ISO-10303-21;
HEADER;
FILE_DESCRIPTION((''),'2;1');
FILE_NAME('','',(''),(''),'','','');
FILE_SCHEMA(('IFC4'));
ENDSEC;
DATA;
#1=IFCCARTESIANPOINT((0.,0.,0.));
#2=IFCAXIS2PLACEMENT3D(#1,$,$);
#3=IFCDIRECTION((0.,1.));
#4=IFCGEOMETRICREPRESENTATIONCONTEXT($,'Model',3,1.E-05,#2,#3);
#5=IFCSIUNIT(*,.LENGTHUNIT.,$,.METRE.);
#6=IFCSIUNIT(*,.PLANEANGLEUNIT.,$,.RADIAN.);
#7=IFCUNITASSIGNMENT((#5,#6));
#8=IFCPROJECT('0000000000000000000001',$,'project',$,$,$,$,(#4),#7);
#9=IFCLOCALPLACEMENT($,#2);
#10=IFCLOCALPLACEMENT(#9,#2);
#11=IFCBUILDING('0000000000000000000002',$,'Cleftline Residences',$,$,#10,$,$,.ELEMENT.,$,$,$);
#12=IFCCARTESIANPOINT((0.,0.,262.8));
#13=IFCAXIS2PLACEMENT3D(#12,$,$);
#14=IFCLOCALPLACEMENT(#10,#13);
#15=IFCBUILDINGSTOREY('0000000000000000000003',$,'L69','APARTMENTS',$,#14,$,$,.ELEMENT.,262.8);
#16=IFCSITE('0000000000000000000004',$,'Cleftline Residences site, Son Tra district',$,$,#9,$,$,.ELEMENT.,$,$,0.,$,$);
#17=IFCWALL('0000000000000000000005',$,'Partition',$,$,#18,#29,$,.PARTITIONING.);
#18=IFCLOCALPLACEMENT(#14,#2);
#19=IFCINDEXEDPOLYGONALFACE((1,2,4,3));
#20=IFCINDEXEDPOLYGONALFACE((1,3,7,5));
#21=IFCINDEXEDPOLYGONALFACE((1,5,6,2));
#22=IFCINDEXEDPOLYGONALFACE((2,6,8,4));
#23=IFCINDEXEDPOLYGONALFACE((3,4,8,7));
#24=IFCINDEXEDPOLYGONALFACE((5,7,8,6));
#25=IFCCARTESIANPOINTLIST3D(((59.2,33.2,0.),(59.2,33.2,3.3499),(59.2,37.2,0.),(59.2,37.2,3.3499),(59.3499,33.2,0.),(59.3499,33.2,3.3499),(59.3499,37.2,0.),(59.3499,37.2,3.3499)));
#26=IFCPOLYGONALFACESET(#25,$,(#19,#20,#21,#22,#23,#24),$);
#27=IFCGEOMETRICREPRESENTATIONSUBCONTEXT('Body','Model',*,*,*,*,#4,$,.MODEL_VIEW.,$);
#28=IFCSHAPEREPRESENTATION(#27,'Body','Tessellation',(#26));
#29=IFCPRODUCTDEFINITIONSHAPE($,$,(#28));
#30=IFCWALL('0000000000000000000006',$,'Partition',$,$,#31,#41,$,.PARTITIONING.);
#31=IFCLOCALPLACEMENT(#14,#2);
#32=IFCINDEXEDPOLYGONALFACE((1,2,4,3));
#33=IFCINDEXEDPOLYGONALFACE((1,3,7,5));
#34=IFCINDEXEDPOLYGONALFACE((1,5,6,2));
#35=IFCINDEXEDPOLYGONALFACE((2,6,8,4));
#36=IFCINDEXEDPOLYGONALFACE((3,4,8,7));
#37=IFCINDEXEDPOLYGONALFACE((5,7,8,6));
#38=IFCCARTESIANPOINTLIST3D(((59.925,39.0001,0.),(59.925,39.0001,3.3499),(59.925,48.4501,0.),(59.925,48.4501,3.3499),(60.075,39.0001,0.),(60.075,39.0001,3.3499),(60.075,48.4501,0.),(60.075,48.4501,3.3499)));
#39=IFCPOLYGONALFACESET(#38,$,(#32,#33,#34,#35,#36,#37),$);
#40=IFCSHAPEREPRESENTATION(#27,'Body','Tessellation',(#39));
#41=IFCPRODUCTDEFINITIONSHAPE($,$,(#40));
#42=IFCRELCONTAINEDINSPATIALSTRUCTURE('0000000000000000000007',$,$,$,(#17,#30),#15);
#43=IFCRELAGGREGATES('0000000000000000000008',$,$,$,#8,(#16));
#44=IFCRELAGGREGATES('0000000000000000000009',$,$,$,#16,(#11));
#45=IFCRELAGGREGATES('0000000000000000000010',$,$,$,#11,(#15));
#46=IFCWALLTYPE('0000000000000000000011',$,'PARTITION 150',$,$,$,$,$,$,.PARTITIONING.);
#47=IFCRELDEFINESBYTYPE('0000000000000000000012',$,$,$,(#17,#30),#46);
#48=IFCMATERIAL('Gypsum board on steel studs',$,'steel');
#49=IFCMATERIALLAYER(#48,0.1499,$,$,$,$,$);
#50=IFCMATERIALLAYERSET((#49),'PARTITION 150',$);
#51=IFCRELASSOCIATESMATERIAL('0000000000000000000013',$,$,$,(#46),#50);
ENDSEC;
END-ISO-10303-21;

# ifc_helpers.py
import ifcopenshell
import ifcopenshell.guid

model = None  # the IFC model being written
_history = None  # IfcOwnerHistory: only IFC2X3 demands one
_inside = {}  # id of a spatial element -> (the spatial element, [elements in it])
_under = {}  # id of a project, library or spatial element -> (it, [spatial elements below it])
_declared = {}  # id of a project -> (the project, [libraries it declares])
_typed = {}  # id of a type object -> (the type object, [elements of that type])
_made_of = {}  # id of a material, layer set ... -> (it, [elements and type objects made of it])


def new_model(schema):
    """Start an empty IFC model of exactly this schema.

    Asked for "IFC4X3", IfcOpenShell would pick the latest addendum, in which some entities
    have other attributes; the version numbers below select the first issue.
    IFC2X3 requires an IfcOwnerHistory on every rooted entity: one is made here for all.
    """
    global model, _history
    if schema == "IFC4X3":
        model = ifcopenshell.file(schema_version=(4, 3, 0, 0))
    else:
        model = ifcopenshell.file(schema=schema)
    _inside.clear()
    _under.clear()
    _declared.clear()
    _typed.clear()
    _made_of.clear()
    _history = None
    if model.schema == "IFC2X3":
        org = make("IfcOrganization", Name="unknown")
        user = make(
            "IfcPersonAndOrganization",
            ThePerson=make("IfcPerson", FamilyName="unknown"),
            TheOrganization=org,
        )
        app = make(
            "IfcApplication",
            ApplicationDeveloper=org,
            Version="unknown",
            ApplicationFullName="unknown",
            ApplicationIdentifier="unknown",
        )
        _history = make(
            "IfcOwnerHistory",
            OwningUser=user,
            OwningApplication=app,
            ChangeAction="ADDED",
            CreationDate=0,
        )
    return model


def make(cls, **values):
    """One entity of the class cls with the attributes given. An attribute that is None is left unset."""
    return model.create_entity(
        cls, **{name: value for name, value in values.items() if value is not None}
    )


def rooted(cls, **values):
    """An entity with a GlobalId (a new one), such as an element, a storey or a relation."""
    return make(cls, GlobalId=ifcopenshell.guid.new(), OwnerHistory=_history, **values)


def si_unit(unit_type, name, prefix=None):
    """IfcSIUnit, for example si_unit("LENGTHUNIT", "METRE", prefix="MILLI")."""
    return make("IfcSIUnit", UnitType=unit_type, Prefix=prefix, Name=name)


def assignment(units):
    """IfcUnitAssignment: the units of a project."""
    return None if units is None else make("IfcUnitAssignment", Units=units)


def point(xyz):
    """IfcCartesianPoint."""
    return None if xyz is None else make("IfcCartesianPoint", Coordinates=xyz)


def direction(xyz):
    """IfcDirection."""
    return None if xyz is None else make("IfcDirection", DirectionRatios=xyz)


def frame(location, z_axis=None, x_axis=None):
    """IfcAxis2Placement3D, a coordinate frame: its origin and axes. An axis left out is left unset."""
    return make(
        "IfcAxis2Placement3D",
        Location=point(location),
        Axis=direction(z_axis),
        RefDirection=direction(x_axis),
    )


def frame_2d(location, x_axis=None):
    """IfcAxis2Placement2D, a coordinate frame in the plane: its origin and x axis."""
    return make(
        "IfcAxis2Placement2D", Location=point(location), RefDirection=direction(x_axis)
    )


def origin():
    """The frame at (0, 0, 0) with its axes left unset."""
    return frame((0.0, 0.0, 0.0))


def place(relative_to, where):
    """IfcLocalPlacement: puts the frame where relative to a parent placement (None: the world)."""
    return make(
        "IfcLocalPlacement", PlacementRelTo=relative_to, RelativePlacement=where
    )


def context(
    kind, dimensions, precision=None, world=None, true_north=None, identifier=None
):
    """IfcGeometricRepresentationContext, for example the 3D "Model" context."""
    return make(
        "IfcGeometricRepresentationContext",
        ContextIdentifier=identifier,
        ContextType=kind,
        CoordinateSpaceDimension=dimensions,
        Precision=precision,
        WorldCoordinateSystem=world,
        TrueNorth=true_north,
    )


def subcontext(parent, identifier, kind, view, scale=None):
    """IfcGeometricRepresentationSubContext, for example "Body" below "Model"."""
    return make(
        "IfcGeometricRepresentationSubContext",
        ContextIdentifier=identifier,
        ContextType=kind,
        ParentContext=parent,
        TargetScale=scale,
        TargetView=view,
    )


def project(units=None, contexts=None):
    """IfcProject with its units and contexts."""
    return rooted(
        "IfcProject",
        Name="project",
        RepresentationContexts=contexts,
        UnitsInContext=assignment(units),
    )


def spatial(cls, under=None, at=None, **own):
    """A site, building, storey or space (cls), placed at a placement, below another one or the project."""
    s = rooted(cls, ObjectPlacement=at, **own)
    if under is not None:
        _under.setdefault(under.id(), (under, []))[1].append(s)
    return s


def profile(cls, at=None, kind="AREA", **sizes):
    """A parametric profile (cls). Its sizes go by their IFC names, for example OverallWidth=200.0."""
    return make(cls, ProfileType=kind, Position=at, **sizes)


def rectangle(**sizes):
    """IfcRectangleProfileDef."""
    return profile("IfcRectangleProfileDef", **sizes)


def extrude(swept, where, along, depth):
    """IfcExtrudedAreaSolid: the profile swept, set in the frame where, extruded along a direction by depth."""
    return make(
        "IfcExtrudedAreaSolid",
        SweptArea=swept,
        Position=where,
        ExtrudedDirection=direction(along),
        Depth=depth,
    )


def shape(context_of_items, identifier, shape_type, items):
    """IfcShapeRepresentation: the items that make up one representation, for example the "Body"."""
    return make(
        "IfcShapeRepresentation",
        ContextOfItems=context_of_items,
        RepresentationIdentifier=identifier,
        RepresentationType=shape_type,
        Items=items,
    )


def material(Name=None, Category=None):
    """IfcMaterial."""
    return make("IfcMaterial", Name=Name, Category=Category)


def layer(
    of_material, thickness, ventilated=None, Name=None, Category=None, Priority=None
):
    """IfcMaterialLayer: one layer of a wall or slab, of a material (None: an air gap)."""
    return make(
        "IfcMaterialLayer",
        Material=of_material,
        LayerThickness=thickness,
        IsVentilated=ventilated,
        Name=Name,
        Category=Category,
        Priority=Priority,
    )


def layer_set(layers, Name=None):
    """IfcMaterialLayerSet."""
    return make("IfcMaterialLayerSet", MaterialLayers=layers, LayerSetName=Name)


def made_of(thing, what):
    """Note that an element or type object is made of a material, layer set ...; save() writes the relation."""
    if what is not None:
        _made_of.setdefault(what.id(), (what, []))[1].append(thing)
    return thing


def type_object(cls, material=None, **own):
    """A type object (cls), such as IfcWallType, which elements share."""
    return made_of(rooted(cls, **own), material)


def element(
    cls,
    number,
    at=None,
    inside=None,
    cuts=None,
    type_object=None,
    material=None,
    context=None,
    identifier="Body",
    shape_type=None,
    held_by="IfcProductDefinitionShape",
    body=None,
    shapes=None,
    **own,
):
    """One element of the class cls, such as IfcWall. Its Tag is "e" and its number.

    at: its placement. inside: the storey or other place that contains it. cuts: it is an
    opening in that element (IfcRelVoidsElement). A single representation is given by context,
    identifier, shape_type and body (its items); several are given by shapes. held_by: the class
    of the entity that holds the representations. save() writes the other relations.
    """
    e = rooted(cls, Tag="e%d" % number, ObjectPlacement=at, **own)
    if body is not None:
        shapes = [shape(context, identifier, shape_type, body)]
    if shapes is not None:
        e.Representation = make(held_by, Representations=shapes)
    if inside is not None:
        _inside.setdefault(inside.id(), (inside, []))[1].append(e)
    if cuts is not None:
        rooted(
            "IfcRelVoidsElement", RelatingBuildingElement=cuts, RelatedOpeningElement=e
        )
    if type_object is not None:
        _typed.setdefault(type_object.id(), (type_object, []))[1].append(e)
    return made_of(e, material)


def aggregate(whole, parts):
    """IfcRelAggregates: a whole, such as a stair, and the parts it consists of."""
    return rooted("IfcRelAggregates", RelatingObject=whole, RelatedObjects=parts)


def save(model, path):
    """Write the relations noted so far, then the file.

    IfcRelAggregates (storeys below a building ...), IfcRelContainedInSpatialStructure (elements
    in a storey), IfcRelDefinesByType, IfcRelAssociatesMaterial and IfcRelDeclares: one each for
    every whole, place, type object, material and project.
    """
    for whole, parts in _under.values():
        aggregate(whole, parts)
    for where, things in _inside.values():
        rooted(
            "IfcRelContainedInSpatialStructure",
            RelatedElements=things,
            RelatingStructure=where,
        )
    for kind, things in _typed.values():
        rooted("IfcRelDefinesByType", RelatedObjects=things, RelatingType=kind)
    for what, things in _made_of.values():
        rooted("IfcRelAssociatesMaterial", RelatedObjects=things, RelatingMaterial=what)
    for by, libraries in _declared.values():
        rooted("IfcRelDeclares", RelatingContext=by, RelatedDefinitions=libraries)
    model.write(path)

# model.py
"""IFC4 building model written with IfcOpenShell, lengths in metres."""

from ifc_helpers import new_model, si_unit, direction, frame, frame_2d, origin, place, context, subcontext, project, spatial, rectangle, extrude, material, layer, layer_set, type_object, element, save


model = new_model("IFC4")

# Units and contexts
model_context = context("Model", 3, precision=1e-05, world=origin(), true_north=direction((0.0, 1.0)))
body_context = subcontext(model_context, "Body", "Model", "MODEL_VIEW")
ifc_project = project(units=[si_unit("LENGTHUNIT", "METRE"), si_unit("PLANEANGLEUNIT", "RADIAN")], contexts=[model_context])

# Site, building, storey
site_placement = place(None, origin())
site = spatial("IfcSite", under=ifc_project, at=site_placement, Name="Cleftline Residences site, Son Tra district", CompositionType="ELEMENT", RefElevation=0.0)
building_placement = place(site_placement, origin())
building = spatial("IfcBuilding", under=site, at=building_placement, Name="Cleftline Residences", CompositionType="ELEMENT")
storey_placement = place(building_placement, frame((0.0, 0.0, 262.8)))
storey = spatial("IfcBuildingStorey", under=building, at=storey_placement, Name="L69", Description="APARTMENTS", CompositionType="ELEMENT", Elevation=262.8)

# Shared definitions
ifc_material_1 = material(Name="Gypsum board on steel studs", Category="steel")
ifc_layer = layer(ifc_material_1, 0.1499)
ifc_layer_set = layer_set([ifc_layer], Name="PARTITION 150")
wall_type = type_object("IfcWallType", Name="PARTITION 150", PredefinedType="PARTITIONING", material=ifc_layer_set)

# Walls
wall_1_placement = place(storey_placement, frame((59.2749, 33.2, 0.0), z_axis=(0.0, 0.0, 1.0), x_axis=(0.0, 1.0, 0.0)))
element("IfcWall", 1, at=wall_1_placement, inside=storey, type_object=wall_type, Name="Partition", PredefinedType="PARTITIONING", context=body_context, shape_type="SweptSolid", body=[
    extrude(rectangle(XDim=4.0, YDim=0.1499, at=frame_2d((2.0, 0.0))), origin(), (0.0, 0.0, 1.0), 3.3499),
])
wall_2_placement = place(storey_placement, frame((60.0, 39.0, 0.0), z_axis=(0.0, 0.0, 1.0), x_axis=(0.0, 1.0, 0.0)))
element("IfcWall", 2, at=wall_2_placement, inside=storey, type_object=wall_type, Name="Partition", PredefinedType="PARTITIONING", context=body_context, shape_type="SweptSolid", body=[
    extrude(rectangle(XDim=9.45, YDim=0.1499, at=frame_2d((4.7251, 0.0))), origin(), (0.0, 0.0, 1.0), 3.3499),
])

save(model, "model.ifc")
